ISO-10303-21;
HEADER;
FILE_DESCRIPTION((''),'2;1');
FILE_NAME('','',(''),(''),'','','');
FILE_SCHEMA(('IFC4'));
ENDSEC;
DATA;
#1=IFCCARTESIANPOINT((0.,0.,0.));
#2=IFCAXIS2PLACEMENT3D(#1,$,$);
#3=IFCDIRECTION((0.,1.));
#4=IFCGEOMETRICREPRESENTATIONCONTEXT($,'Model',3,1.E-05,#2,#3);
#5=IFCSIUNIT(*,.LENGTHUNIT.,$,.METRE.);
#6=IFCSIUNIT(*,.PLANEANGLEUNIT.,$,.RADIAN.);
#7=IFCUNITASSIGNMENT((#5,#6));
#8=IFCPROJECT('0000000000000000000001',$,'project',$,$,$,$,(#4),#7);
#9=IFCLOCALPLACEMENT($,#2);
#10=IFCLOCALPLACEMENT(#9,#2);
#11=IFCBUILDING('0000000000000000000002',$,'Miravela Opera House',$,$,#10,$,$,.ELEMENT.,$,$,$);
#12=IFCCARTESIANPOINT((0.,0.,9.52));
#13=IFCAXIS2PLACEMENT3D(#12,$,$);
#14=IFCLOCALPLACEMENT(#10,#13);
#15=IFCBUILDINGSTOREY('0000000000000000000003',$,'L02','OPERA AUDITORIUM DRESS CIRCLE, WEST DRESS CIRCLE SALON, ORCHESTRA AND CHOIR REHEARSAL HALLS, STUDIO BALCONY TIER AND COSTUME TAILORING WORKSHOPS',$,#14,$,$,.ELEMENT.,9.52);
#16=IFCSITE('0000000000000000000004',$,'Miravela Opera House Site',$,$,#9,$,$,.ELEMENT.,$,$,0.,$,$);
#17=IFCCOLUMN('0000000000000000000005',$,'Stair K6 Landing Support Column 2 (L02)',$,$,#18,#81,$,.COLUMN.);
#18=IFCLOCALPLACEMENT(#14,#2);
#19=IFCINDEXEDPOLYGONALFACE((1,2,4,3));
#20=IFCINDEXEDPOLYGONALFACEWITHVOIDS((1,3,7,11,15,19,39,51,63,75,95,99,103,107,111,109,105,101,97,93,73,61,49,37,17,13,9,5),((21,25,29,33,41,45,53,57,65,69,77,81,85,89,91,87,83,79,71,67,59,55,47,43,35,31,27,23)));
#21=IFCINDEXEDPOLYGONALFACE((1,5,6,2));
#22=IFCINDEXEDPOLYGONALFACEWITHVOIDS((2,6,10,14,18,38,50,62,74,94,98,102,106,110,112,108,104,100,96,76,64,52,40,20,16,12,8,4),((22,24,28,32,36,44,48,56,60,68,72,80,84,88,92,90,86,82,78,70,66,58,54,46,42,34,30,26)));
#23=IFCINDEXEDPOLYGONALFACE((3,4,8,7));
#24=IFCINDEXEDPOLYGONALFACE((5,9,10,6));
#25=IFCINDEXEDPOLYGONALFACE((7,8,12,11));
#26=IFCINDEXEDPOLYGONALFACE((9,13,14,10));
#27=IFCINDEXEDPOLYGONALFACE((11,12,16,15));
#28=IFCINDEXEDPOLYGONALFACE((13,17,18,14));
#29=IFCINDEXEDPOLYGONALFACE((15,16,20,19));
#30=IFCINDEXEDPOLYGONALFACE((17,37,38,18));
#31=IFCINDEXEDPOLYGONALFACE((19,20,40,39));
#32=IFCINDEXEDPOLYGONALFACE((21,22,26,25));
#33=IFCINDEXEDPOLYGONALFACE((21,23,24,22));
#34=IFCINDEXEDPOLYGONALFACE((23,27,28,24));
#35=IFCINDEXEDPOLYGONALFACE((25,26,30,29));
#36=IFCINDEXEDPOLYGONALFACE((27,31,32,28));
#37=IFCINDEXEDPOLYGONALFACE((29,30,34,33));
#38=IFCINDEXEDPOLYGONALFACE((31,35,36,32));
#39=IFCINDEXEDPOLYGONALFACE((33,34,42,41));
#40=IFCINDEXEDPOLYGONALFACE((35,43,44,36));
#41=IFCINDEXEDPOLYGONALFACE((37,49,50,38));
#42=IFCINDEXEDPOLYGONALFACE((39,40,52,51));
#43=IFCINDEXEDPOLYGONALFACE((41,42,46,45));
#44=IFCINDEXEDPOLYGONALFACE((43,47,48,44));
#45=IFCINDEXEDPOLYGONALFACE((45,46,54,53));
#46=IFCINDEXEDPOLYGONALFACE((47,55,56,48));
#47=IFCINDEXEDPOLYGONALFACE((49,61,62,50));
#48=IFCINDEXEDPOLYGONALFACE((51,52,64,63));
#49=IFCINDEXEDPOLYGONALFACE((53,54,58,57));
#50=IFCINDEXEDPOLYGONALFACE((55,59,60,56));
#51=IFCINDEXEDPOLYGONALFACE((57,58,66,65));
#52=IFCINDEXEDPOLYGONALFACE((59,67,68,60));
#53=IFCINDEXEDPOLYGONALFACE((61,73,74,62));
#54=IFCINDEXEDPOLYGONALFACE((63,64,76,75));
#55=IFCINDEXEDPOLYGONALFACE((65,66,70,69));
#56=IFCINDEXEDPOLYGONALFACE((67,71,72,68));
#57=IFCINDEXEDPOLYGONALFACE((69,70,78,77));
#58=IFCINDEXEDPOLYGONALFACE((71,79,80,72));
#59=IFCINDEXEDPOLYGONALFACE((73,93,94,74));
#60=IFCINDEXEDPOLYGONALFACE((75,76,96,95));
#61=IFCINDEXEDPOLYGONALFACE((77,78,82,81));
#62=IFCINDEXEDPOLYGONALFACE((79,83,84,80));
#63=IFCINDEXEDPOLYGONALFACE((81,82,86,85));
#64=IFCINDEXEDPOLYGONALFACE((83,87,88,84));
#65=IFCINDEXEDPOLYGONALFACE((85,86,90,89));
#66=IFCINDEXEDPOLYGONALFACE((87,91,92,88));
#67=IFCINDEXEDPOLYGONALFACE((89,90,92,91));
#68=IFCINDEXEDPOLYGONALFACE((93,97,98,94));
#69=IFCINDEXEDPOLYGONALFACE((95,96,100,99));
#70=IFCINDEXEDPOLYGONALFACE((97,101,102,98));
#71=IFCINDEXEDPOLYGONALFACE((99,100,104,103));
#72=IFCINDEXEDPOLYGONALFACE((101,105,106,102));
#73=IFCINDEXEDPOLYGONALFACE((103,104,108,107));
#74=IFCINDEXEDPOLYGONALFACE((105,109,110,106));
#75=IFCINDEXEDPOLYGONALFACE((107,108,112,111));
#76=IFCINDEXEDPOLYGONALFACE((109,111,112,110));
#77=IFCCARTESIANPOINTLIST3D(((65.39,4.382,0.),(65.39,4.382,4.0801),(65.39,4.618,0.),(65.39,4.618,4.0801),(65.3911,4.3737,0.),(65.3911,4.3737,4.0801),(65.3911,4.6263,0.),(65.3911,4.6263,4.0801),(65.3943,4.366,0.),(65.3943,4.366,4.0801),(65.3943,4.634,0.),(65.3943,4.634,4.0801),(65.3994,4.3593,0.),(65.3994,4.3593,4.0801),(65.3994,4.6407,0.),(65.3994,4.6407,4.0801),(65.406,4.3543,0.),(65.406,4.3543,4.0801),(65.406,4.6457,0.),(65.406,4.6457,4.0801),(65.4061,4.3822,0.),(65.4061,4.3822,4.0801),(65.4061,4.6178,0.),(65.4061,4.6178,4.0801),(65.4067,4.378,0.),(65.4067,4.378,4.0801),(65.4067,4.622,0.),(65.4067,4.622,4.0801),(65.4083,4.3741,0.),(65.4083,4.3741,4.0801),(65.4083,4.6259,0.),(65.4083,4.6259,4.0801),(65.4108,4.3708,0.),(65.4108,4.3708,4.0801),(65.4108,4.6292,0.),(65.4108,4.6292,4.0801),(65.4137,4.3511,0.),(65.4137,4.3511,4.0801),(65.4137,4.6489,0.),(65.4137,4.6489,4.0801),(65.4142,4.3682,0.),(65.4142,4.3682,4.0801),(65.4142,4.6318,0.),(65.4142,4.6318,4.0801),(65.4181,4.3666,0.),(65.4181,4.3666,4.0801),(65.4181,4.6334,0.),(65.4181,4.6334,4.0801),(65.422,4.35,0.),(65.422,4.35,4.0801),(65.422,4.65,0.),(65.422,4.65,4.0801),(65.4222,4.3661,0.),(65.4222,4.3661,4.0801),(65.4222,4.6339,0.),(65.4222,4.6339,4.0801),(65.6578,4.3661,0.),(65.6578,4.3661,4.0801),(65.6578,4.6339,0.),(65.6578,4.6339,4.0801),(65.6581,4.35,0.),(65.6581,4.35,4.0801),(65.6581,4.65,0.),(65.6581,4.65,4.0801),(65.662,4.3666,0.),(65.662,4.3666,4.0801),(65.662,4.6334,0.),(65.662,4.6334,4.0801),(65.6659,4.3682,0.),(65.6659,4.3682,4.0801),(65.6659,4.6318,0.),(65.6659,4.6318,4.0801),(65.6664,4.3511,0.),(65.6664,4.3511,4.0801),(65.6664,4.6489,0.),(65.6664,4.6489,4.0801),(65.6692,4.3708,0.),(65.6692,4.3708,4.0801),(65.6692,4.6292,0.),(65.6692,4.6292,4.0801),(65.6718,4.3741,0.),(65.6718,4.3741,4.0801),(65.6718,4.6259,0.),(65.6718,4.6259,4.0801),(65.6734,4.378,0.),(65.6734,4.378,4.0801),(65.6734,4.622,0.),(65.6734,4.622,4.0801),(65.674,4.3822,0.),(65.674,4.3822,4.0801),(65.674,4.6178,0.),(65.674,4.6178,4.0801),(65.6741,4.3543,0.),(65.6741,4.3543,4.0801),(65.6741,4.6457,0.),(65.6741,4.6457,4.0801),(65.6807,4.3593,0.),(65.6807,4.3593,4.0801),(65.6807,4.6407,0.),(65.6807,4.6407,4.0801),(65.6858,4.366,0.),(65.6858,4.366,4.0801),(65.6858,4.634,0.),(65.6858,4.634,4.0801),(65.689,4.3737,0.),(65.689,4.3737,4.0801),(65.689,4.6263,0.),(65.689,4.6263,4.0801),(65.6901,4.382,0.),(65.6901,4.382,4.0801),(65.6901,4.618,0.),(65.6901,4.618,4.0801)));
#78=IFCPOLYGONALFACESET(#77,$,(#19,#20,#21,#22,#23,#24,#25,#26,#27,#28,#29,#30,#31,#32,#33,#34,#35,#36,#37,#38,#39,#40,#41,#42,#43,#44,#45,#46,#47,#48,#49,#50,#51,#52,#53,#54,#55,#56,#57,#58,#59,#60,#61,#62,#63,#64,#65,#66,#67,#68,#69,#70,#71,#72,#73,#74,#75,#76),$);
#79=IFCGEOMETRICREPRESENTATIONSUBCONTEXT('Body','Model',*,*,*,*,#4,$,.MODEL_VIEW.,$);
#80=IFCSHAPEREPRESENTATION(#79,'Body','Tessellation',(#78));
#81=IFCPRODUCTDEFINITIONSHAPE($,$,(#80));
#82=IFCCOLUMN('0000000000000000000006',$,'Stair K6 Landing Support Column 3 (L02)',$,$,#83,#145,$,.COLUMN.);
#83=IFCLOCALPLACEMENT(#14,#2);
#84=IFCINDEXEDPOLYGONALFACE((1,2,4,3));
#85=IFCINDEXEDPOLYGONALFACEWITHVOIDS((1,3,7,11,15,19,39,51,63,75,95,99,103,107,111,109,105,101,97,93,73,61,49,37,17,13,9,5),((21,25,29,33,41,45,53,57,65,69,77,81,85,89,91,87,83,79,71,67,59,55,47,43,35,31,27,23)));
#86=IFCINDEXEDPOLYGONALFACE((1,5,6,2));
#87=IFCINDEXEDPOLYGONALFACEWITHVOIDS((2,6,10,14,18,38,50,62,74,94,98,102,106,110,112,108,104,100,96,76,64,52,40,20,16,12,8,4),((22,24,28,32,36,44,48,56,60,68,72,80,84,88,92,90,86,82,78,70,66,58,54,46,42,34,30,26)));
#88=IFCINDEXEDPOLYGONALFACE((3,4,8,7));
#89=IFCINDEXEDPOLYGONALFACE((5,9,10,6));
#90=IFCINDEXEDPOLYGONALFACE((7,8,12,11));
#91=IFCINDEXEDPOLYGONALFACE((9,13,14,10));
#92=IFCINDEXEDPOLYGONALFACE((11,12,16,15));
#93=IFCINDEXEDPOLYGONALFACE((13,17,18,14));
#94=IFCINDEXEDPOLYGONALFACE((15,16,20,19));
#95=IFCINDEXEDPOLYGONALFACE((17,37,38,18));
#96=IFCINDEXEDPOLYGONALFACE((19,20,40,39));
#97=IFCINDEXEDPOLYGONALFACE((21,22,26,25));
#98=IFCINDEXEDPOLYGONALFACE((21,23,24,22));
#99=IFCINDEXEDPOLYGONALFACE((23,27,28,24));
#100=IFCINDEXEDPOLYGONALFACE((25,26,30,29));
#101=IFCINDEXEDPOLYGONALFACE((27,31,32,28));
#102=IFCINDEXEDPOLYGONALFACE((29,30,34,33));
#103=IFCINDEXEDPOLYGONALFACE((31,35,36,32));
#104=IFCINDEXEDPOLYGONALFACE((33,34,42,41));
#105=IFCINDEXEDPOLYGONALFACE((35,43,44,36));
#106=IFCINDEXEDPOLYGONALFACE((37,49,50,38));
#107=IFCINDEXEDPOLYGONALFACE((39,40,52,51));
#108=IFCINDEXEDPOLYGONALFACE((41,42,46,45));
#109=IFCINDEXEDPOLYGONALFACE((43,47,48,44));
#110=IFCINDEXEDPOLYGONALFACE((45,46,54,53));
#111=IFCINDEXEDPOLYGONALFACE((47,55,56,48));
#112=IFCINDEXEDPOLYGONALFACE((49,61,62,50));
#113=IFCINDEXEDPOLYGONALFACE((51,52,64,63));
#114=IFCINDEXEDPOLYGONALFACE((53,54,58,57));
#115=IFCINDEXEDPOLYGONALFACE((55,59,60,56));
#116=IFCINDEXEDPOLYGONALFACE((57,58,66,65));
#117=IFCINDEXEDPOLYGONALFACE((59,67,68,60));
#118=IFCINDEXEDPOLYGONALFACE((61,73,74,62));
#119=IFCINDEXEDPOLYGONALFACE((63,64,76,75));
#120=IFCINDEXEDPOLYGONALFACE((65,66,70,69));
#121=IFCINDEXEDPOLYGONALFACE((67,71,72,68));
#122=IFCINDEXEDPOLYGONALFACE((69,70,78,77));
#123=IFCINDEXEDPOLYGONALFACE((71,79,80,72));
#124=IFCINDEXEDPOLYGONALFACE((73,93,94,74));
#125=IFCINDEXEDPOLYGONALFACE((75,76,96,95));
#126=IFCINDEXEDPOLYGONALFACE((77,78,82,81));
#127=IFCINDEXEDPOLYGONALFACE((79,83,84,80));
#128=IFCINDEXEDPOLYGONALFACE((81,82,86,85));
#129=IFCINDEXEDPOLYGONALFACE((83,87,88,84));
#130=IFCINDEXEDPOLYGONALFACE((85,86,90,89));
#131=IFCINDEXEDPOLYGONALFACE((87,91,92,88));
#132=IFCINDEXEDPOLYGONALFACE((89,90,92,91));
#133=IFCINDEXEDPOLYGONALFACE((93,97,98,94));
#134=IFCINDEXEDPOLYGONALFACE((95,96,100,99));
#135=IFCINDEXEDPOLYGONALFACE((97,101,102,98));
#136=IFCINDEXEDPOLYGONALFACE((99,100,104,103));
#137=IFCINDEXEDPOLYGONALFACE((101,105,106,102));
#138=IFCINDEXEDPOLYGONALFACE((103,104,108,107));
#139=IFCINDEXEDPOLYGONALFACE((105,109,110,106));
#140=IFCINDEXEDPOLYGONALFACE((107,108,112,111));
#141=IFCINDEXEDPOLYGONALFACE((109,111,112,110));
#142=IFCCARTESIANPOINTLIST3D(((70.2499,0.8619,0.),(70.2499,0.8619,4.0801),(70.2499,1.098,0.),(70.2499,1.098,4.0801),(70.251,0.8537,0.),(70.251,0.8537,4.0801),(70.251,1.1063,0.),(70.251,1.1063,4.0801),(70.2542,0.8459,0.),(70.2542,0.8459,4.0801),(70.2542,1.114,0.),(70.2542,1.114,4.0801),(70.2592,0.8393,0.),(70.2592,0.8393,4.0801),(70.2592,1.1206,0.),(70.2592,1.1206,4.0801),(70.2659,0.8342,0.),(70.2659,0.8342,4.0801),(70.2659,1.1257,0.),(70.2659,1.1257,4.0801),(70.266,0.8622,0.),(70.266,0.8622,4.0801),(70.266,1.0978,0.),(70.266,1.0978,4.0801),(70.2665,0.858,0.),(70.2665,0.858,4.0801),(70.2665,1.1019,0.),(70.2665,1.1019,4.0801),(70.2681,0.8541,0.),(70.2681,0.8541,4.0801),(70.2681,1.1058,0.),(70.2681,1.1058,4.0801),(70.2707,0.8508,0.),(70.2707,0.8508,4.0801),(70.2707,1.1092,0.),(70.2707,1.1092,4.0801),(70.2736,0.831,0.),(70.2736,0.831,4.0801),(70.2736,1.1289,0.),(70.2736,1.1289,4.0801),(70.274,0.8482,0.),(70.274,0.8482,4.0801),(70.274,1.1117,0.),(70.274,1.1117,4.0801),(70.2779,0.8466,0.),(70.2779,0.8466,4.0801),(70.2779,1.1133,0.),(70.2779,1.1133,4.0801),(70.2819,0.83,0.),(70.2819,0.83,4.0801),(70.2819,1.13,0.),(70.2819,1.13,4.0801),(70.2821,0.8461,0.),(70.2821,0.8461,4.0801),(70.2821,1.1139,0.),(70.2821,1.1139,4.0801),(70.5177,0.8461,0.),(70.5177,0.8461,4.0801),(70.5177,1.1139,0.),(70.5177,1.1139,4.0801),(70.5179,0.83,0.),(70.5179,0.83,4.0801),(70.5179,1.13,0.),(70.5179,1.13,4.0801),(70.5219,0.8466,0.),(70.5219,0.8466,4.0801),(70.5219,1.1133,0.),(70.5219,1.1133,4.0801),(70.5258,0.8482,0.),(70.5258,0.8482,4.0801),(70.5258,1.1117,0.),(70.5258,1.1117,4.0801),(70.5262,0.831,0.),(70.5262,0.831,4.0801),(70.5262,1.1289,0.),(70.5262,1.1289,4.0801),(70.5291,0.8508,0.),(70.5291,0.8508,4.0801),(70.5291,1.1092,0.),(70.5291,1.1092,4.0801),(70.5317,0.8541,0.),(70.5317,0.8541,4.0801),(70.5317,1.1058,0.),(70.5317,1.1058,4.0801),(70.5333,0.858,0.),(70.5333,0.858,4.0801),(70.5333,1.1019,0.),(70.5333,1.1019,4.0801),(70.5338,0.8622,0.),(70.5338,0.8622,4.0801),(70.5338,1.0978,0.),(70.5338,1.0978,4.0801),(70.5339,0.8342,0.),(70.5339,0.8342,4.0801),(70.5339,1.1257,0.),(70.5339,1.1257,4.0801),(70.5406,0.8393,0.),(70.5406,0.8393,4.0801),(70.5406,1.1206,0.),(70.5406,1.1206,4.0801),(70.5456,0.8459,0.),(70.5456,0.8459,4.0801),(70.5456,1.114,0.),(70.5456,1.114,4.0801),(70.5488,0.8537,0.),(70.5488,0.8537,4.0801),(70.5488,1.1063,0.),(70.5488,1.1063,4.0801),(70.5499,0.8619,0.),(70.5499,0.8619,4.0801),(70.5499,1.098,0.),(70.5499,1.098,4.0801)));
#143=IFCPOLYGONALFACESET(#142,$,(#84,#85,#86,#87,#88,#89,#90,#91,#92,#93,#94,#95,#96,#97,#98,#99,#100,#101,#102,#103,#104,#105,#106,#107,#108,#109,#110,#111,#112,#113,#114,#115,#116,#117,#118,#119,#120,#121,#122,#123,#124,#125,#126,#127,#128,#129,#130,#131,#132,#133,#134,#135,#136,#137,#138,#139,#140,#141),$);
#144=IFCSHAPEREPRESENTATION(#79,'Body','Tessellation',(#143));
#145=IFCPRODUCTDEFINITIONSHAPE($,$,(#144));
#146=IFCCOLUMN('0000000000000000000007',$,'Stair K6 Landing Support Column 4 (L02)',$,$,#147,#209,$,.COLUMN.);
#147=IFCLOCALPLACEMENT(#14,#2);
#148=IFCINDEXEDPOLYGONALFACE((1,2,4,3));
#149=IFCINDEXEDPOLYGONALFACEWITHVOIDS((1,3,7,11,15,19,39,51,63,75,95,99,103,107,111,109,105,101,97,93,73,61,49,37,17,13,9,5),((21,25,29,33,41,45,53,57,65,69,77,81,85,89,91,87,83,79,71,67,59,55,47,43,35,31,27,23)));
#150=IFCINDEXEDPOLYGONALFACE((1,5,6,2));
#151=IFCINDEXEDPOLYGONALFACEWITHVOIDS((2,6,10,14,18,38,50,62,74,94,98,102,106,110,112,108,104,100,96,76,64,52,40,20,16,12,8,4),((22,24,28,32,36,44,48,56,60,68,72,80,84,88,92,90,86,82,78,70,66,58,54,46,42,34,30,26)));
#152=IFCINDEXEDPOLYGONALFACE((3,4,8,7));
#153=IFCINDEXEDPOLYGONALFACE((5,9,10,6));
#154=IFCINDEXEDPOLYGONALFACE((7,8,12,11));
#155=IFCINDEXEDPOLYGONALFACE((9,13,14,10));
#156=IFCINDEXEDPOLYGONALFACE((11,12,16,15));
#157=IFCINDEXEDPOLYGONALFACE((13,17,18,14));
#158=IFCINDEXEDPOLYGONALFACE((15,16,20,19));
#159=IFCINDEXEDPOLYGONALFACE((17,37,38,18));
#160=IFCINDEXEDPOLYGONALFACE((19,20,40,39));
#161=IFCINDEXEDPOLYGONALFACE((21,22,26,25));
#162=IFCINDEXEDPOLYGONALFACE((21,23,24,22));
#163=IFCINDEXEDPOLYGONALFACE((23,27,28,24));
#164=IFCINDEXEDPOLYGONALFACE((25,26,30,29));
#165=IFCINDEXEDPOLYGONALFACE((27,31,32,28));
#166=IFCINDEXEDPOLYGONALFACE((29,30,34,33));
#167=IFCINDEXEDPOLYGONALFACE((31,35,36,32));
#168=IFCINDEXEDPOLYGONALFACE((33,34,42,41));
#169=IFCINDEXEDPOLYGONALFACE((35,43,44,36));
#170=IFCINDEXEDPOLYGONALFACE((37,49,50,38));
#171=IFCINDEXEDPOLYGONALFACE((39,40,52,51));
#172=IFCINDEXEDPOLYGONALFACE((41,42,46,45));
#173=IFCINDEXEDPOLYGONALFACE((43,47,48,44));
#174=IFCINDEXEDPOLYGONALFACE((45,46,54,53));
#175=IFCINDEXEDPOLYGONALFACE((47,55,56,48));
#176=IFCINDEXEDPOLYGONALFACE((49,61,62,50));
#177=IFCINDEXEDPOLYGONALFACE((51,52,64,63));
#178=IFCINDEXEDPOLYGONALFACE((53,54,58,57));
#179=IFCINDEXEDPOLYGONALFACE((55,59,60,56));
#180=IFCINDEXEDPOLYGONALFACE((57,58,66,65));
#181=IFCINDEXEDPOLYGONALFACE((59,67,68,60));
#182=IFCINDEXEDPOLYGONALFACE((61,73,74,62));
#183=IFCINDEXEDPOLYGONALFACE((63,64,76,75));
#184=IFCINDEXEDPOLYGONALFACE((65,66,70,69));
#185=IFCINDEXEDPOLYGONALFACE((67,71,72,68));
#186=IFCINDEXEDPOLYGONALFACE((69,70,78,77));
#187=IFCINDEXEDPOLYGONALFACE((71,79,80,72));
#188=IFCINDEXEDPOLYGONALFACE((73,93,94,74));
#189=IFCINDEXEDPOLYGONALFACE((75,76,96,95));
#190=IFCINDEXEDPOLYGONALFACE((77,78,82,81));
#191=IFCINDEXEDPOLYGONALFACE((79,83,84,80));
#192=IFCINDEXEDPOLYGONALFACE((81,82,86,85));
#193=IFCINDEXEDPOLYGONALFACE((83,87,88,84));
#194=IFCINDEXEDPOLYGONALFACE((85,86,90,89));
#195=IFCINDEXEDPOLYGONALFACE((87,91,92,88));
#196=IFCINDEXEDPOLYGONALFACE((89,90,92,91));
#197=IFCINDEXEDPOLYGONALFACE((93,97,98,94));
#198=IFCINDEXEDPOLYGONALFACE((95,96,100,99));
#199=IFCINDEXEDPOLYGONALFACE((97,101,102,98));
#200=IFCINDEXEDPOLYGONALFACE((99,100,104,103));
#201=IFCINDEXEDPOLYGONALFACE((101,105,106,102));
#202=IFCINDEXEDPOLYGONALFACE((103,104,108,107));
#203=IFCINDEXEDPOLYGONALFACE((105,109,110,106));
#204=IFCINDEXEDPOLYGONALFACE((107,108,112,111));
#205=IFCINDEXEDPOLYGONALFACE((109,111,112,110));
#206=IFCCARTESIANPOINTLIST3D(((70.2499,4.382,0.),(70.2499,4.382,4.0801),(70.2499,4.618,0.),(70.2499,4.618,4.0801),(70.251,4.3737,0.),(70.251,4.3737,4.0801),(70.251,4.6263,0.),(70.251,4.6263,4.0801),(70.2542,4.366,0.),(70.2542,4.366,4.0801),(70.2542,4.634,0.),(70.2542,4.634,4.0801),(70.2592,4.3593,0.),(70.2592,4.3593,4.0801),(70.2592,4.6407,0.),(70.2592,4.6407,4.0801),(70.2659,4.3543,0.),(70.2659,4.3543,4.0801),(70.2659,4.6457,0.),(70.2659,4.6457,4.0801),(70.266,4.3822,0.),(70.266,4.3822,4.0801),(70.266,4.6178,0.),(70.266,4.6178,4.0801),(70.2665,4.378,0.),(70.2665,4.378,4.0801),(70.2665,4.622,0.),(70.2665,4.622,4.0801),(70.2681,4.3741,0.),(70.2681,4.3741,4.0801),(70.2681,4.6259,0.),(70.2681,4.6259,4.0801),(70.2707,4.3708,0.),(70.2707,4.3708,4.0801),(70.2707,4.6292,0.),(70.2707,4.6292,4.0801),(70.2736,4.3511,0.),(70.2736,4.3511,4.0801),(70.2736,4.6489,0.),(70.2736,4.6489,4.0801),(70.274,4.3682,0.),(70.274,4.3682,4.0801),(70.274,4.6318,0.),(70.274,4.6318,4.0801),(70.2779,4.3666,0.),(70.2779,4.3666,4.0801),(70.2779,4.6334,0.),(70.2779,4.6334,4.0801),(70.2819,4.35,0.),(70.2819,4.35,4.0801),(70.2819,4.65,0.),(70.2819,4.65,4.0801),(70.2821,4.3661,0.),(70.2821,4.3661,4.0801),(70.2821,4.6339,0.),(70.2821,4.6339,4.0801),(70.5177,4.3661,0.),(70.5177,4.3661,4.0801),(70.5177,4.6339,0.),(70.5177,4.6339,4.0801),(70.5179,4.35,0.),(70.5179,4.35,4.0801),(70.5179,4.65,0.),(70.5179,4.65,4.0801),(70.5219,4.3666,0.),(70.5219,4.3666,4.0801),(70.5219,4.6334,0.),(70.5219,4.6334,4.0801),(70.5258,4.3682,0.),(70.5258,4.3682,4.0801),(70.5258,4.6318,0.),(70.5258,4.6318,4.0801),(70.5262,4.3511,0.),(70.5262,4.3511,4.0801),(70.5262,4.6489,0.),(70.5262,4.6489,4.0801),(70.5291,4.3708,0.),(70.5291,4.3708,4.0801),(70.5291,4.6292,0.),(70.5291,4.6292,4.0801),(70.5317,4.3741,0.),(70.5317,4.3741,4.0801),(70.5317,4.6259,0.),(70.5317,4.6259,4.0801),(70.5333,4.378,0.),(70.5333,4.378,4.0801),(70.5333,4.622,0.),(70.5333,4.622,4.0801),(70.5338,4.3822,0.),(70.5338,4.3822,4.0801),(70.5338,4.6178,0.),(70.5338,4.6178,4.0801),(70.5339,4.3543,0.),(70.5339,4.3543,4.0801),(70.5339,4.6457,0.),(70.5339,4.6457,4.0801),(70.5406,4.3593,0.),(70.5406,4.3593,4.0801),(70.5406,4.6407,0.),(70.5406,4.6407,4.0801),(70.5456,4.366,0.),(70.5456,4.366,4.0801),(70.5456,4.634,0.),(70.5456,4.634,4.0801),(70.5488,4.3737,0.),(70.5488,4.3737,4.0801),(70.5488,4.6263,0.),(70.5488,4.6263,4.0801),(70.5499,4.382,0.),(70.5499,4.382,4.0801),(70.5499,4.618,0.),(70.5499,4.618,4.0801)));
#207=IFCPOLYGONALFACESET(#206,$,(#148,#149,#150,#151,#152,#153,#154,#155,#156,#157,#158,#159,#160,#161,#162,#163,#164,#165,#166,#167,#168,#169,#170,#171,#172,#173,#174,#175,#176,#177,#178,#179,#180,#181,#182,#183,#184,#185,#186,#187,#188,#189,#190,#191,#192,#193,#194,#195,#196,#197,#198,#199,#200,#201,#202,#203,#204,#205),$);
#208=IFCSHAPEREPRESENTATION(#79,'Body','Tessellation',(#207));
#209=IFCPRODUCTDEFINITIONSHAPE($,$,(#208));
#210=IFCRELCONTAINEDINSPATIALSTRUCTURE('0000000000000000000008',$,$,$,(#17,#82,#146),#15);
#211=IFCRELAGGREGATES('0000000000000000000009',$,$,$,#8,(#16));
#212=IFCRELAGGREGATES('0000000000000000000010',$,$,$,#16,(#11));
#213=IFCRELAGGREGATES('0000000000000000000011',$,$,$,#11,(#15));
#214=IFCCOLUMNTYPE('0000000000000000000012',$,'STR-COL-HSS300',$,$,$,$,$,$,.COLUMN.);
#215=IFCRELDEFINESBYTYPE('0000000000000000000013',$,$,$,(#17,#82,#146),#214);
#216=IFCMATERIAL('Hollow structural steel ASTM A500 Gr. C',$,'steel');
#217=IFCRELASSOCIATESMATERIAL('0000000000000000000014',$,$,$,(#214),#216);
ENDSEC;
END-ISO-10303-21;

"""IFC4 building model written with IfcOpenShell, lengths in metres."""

from ifc_helpers import new_model, si_unit, direction, frame, origin, origin_2d, place, context, subcontext, project, spatial, hollow_rectangle, extrude, material, material_profile, profile_set, type_object, element, save


model = new_model("IFC4")

# Units and contexts
model_context = context("Model", 3, precision=1e-05, world=origin(), true_north=direction((0.0, 1.0)))
body_context = subcontext(model_context, "Body", "Model", "MODEL_VIEW")
ifc_project = project(units=[si_unit("LENGTHUNIT", "METRE"), si_unit("PLANEANGLEUNIT", "RADIAN")], contexts=[model_context])

# Site, building, storey
site_placement = place(None, origin())
site = spatial("IfcSite", under=ifc_project, at=site_placement, Name="Miravela Opera House Site", CompositionType="ELEMENT", RefElevation=0.0)
building_placement = place(site_placement, origin())
building = spatial("IfcBuilding", under=site, at=building_placement, Name="Miravela Opera House", CompositionType="ELEMENT")
storey_placement = place(building_placement, frame((0.0, 0.0, 9.52)))
storey = spatial("IfcBuildingStorey", under=building, at=storey_placement, Name="L02", Description="OPERA AUDITORIUM DRESS CIRCLE, WEST DRESS CIRCLE SALON, ORCHESTRA AND CHOIR REHEARSAL HALLS, STUDIO BALCONY TIER AND COSTUME TAILORING WORKSHOPS", CompositionType="ELEMENT", Elevation=9.52)

# Columns
ifc_material_1 = material(Name="Hollow structural steel ASTM A500 Gr. C", Category="steel")
ifc_material_profile_1 = material_profile(ifc_material_1, hollow_rectangle(XDim=0.3, YDim=0.3, WallThickness=0.0161, InnerFilletRadius=0.0161, OuterFilletRadius=0.032, at=origin_2d()), Name="HSS300X300X16")
ifc_profile_set_1 = profile_set([ifc_material_profile_1])
column_type_1 = type_object("IfcColumnType", Name="STR-COL-HSS300", PredefinedType="COLUMN", material=ifc_profile_set_1)
for number, where, z_axis, x_axis, name in (
    (1, (65.54, 4.5, 0.0), (0.0, 0.0, 1.0), (1.0, 0.0, 0.0), "Stair K6 Landing Support Column 2 (L02)"),
    (2, (70.3999, 0.98, 0.0), (0.0, 0.0, 1.0), (1.0, 0.0, 0.0), "Stair K6 Landing Support Column 3 (L02)"),
    (3, (70.3999, 4.5, 0.0), (0.0, 0.0, 1.0), (1.0, 0.0, 0.0), "Stair K6 Landing Support Column 4 (L02)"),
):
    element("IfcColumn", number, at=place(storey_placement, frame(where, z_axis=z_axis, x_axis=x_axis)), inside=storey, type_object=column_type_1, Name=name, PredefinedType="COLUMN", context=body_context, shape_type="SweptSolid", body=[
        extrude(hollow_rectangle(XDim=0.3, YDim=0.3, WallThickness=0.0161, InnerFilletRadius=0.0161, OuterFilletRadius=0.032, at=origin_2d()), origin(), (0.0, 0.0, 1.0), 4.0801),
    ])

save(model, "model.ifc")
